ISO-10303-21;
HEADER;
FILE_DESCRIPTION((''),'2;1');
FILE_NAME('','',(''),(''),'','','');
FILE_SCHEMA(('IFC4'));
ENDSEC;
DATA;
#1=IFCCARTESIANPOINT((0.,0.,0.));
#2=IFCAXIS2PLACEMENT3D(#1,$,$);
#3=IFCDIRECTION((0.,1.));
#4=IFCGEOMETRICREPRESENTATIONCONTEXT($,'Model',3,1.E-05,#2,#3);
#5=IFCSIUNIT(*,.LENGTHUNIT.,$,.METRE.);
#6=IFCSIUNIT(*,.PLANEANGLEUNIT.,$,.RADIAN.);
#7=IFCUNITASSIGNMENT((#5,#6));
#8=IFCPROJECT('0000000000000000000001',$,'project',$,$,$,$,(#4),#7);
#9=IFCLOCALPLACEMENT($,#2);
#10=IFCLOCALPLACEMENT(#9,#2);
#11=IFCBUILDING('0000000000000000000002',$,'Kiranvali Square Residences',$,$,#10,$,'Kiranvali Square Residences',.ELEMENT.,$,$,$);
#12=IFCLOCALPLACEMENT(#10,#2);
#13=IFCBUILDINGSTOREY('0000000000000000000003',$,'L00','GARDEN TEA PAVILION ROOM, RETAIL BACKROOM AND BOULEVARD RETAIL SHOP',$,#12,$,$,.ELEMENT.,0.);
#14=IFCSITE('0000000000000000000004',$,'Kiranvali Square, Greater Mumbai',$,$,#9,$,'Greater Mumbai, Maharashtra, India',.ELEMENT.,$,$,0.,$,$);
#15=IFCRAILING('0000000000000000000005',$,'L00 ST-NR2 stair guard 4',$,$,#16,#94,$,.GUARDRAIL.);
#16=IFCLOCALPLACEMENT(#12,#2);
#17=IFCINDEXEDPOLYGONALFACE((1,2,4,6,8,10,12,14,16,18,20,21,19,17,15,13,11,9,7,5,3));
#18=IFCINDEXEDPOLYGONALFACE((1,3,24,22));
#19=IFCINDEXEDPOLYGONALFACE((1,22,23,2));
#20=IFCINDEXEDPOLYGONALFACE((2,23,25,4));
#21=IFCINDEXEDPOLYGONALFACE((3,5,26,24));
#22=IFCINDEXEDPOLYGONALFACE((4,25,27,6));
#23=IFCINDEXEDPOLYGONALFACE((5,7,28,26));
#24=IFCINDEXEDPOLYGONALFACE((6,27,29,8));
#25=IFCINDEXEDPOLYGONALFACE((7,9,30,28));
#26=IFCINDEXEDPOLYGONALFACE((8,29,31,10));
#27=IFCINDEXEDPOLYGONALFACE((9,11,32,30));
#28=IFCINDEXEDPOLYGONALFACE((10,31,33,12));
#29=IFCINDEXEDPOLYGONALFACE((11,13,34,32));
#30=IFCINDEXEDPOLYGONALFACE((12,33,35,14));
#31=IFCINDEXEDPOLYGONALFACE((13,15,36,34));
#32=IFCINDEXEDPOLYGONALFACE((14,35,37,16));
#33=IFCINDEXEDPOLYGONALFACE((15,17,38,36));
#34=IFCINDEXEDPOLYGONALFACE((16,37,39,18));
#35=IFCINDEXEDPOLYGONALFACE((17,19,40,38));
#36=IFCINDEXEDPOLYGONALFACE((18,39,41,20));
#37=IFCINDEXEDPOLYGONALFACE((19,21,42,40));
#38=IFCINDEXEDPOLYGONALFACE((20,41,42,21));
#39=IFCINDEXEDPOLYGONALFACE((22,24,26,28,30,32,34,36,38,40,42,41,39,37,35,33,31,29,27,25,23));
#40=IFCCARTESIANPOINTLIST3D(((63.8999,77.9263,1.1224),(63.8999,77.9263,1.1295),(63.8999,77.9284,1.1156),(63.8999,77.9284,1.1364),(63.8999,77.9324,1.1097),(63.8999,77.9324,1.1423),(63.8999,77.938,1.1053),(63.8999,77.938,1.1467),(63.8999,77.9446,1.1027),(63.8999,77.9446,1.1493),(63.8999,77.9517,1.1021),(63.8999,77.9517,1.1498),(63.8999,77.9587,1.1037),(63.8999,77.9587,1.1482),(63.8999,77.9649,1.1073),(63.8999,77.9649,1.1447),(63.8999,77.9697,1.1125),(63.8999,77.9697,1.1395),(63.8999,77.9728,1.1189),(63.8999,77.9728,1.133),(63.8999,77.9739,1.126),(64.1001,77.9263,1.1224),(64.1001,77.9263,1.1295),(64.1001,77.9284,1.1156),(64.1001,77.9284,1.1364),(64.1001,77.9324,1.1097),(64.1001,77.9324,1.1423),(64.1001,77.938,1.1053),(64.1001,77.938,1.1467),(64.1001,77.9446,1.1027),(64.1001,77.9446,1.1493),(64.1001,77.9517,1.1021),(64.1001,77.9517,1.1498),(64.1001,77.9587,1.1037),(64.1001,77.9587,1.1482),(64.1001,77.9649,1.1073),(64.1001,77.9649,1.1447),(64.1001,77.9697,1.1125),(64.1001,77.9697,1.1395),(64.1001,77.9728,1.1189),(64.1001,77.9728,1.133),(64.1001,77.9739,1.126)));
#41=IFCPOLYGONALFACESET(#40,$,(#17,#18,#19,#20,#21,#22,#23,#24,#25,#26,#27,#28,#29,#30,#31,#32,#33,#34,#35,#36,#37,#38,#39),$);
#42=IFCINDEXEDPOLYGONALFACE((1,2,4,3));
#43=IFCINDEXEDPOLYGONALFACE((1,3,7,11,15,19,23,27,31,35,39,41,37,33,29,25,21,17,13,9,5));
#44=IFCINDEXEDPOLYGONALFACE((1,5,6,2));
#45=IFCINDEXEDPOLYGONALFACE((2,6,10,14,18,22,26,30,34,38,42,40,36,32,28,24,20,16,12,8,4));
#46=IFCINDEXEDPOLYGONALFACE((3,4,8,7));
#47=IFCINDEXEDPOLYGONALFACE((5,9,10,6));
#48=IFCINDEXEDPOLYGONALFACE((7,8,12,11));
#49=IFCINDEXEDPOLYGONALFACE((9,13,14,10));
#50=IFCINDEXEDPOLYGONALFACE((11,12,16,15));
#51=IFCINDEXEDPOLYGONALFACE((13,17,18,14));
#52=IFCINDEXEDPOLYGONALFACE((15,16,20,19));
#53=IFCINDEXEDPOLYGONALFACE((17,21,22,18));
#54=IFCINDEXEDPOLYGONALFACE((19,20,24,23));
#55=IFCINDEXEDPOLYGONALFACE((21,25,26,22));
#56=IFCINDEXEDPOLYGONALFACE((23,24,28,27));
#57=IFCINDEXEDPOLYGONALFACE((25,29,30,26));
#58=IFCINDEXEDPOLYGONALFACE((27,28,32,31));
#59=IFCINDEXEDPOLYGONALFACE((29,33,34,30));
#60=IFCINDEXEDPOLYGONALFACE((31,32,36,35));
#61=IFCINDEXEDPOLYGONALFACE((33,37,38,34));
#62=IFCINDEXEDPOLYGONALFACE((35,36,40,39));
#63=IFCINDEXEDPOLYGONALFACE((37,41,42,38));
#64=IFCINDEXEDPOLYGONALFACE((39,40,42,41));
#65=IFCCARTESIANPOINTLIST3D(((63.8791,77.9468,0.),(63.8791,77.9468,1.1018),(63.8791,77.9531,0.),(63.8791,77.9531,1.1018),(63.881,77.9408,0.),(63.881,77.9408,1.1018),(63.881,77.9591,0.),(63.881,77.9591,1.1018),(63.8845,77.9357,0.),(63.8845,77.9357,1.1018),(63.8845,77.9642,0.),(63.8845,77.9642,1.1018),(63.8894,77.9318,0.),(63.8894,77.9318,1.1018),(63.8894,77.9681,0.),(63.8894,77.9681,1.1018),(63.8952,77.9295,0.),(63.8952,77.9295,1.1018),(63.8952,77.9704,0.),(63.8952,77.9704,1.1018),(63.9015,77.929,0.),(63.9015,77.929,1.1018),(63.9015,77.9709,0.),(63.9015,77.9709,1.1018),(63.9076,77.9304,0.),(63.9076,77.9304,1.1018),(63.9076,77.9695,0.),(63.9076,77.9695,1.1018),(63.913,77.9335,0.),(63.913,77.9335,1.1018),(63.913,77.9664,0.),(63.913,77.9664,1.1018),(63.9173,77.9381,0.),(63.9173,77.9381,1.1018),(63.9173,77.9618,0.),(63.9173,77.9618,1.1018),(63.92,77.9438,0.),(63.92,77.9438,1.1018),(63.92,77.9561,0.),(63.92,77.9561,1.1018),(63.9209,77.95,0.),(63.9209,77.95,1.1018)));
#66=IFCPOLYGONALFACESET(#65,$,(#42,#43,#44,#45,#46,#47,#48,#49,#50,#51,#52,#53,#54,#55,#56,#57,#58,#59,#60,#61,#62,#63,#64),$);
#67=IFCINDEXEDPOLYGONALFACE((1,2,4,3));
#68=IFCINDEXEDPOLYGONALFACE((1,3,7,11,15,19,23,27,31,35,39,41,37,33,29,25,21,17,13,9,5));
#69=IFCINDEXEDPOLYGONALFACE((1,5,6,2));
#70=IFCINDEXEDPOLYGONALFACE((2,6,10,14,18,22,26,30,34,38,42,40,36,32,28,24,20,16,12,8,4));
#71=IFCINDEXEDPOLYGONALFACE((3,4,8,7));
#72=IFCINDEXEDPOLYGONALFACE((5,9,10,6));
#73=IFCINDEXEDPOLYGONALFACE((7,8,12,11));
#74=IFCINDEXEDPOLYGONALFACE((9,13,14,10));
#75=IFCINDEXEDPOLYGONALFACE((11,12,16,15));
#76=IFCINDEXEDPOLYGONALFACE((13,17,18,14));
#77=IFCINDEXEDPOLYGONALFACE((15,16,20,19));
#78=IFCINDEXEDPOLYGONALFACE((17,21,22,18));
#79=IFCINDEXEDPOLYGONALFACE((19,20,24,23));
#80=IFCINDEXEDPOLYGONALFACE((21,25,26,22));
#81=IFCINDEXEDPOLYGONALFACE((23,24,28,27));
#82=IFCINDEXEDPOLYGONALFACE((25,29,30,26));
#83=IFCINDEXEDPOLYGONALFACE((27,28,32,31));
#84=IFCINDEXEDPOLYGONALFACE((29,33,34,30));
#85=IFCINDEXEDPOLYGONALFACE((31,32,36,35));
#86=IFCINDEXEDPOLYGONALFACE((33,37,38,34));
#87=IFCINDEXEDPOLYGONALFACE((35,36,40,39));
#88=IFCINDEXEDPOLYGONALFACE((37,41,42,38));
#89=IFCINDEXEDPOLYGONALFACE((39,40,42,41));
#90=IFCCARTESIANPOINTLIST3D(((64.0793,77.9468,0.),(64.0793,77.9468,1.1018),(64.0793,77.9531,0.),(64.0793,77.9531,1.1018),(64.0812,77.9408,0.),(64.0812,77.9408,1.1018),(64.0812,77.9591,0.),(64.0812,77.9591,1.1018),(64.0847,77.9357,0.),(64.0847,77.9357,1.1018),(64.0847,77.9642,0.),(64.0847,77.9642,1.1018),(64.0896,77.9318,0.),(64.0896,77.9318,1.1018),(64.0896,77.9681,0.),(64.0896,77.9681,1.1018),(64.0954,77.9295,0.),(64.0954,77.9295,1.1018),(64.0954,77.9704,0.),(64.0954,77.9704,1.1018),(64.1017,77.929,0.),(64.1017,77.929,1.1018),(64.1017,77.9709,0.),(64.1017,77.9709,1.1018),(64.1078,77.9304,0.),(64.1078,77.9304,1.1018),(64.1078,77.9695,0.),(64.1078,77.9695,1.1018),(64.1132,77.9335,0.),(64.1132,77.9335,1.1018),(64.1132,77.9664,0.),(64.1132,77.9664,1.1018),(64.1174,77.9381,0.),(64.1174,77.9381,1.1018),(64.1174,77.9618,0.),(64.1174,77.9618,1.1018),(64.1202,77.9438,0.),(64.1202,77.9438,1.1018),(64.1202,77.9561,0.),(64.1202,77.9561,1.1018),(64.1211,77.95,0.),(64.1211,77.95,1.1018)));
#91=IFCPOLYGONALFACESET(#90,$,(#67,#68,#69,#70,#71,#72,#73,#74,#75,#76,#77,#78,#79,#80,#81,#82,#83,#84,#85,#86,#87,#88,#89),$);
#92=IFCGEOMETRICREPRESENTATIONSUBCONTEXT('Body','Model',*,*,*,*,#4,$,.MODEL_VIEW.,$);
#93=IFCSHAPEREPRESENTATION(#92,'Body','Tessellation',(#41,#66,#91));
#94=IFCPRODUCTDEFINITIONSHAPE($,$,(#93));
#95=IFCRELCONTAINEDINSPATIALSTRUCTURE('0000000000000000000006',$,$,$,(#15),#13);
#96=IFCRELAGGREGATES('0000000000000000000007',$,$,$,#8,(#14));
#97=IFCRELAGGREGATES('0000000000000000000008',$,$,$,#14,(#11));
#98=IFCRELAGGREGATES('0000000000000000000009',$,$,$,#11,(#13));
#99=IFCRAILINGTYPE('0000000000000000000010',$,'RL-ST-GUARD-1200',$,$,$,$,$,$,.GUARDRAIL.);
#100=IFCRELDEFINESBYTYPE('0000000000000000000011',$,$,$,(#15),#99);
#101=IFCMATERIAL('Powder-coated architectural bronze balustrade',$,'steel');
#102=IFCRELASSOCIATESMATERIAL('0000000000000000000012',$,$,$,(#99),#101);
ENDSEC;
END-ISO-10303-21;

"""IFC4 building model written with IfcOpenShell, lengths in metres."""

from ifc_helpers import new_model, si_unit, direction, frame, origin, origin_2d, place, context, subcontext, project, spatial, circle, extrude, material, type_object, element, save


model = new_model("IFC4")

# Units and contexts
model_context = context("Model", 3, precision=1e-05, world=origin(), true_north=direction((0.0, 1.0)))
body_context = subcontext(model_context, "Body", "Model", "MODEL_VIEW")
ifc_project = project(units=[si_unit("LENGTHUNIT", "METRE"), si_unit("PLANEANGLEUNIT", "RADIAN")], contexts=[model_context])

# Site, building, storey
site_placement = place(None, origin())
site = spatial("IfcSite", under=ifc_project, at=site_placement, Name="Kiranvali Square, Greater Mumbai", LongName="Greater Mumbai, Maharashtra, India", CompositionType="ELEMENT", RefElevation=0.0)
building_placement = place(site_placement, origin())
building = spatial("IfcBuilding", under=site, at=building_placement, Name="Kiranvali Square Residences", LongName="Kiranvali Square Residences", CompositionType="ELEMENT")
storey_placement = place(building_placement, origin())
storey = spatial("IfcBuildingStorey", under=building, at=storey_placement, Name="L00", Description="GARDEN TEA PAVILION ROOM, RETAIL BACKROOM AND BOULEVARD RETAIL SHOP", CompositionType="ELEMENT", Elevation=0.0)

# Railing
ifc_material_1 = material(Name="Powder-coated architectural bronze balustrade", Category="steel")
railing_type = type_object("IfcRailingType", Name="RL-ST-GUARD-1200", PredefinedType="GUARDRAIL", material=ifc_material_1)
railing_1_placement = place(storey_placement, frame((63.8999, 77.95, 0.0)))
element("IfcRailing", 1, at=railing_1_placement, inside=storey, type_object=railing_type, Name="L00 ST-NR2 stair guard 4", PredefinedType="GUARDRAIL", context=body_context, shape_type="SweptSolid", body=[
    extrude(circle(Radius=0.0239, at=origin_2d()), frame((0.0, 0.0, 1.126), z_axis=(1.0, 0.0, 0.0), x_axis=(0.0, 1.0, 0.0)), (0.0, 0.0, 1.0), 0.2002),
    extrude(circle(Radius=0.021, at=origin_2d()), origin(), (0.0, 0.0, 1.0), 1.1018),
    extrude(circle(Radius=0.021, at=origin_2d()), frame((0.2002, 0.0, 0.0)), (0.0, 0.0, 1.0), 1.1018),
])

save(model, "model.ifc")
